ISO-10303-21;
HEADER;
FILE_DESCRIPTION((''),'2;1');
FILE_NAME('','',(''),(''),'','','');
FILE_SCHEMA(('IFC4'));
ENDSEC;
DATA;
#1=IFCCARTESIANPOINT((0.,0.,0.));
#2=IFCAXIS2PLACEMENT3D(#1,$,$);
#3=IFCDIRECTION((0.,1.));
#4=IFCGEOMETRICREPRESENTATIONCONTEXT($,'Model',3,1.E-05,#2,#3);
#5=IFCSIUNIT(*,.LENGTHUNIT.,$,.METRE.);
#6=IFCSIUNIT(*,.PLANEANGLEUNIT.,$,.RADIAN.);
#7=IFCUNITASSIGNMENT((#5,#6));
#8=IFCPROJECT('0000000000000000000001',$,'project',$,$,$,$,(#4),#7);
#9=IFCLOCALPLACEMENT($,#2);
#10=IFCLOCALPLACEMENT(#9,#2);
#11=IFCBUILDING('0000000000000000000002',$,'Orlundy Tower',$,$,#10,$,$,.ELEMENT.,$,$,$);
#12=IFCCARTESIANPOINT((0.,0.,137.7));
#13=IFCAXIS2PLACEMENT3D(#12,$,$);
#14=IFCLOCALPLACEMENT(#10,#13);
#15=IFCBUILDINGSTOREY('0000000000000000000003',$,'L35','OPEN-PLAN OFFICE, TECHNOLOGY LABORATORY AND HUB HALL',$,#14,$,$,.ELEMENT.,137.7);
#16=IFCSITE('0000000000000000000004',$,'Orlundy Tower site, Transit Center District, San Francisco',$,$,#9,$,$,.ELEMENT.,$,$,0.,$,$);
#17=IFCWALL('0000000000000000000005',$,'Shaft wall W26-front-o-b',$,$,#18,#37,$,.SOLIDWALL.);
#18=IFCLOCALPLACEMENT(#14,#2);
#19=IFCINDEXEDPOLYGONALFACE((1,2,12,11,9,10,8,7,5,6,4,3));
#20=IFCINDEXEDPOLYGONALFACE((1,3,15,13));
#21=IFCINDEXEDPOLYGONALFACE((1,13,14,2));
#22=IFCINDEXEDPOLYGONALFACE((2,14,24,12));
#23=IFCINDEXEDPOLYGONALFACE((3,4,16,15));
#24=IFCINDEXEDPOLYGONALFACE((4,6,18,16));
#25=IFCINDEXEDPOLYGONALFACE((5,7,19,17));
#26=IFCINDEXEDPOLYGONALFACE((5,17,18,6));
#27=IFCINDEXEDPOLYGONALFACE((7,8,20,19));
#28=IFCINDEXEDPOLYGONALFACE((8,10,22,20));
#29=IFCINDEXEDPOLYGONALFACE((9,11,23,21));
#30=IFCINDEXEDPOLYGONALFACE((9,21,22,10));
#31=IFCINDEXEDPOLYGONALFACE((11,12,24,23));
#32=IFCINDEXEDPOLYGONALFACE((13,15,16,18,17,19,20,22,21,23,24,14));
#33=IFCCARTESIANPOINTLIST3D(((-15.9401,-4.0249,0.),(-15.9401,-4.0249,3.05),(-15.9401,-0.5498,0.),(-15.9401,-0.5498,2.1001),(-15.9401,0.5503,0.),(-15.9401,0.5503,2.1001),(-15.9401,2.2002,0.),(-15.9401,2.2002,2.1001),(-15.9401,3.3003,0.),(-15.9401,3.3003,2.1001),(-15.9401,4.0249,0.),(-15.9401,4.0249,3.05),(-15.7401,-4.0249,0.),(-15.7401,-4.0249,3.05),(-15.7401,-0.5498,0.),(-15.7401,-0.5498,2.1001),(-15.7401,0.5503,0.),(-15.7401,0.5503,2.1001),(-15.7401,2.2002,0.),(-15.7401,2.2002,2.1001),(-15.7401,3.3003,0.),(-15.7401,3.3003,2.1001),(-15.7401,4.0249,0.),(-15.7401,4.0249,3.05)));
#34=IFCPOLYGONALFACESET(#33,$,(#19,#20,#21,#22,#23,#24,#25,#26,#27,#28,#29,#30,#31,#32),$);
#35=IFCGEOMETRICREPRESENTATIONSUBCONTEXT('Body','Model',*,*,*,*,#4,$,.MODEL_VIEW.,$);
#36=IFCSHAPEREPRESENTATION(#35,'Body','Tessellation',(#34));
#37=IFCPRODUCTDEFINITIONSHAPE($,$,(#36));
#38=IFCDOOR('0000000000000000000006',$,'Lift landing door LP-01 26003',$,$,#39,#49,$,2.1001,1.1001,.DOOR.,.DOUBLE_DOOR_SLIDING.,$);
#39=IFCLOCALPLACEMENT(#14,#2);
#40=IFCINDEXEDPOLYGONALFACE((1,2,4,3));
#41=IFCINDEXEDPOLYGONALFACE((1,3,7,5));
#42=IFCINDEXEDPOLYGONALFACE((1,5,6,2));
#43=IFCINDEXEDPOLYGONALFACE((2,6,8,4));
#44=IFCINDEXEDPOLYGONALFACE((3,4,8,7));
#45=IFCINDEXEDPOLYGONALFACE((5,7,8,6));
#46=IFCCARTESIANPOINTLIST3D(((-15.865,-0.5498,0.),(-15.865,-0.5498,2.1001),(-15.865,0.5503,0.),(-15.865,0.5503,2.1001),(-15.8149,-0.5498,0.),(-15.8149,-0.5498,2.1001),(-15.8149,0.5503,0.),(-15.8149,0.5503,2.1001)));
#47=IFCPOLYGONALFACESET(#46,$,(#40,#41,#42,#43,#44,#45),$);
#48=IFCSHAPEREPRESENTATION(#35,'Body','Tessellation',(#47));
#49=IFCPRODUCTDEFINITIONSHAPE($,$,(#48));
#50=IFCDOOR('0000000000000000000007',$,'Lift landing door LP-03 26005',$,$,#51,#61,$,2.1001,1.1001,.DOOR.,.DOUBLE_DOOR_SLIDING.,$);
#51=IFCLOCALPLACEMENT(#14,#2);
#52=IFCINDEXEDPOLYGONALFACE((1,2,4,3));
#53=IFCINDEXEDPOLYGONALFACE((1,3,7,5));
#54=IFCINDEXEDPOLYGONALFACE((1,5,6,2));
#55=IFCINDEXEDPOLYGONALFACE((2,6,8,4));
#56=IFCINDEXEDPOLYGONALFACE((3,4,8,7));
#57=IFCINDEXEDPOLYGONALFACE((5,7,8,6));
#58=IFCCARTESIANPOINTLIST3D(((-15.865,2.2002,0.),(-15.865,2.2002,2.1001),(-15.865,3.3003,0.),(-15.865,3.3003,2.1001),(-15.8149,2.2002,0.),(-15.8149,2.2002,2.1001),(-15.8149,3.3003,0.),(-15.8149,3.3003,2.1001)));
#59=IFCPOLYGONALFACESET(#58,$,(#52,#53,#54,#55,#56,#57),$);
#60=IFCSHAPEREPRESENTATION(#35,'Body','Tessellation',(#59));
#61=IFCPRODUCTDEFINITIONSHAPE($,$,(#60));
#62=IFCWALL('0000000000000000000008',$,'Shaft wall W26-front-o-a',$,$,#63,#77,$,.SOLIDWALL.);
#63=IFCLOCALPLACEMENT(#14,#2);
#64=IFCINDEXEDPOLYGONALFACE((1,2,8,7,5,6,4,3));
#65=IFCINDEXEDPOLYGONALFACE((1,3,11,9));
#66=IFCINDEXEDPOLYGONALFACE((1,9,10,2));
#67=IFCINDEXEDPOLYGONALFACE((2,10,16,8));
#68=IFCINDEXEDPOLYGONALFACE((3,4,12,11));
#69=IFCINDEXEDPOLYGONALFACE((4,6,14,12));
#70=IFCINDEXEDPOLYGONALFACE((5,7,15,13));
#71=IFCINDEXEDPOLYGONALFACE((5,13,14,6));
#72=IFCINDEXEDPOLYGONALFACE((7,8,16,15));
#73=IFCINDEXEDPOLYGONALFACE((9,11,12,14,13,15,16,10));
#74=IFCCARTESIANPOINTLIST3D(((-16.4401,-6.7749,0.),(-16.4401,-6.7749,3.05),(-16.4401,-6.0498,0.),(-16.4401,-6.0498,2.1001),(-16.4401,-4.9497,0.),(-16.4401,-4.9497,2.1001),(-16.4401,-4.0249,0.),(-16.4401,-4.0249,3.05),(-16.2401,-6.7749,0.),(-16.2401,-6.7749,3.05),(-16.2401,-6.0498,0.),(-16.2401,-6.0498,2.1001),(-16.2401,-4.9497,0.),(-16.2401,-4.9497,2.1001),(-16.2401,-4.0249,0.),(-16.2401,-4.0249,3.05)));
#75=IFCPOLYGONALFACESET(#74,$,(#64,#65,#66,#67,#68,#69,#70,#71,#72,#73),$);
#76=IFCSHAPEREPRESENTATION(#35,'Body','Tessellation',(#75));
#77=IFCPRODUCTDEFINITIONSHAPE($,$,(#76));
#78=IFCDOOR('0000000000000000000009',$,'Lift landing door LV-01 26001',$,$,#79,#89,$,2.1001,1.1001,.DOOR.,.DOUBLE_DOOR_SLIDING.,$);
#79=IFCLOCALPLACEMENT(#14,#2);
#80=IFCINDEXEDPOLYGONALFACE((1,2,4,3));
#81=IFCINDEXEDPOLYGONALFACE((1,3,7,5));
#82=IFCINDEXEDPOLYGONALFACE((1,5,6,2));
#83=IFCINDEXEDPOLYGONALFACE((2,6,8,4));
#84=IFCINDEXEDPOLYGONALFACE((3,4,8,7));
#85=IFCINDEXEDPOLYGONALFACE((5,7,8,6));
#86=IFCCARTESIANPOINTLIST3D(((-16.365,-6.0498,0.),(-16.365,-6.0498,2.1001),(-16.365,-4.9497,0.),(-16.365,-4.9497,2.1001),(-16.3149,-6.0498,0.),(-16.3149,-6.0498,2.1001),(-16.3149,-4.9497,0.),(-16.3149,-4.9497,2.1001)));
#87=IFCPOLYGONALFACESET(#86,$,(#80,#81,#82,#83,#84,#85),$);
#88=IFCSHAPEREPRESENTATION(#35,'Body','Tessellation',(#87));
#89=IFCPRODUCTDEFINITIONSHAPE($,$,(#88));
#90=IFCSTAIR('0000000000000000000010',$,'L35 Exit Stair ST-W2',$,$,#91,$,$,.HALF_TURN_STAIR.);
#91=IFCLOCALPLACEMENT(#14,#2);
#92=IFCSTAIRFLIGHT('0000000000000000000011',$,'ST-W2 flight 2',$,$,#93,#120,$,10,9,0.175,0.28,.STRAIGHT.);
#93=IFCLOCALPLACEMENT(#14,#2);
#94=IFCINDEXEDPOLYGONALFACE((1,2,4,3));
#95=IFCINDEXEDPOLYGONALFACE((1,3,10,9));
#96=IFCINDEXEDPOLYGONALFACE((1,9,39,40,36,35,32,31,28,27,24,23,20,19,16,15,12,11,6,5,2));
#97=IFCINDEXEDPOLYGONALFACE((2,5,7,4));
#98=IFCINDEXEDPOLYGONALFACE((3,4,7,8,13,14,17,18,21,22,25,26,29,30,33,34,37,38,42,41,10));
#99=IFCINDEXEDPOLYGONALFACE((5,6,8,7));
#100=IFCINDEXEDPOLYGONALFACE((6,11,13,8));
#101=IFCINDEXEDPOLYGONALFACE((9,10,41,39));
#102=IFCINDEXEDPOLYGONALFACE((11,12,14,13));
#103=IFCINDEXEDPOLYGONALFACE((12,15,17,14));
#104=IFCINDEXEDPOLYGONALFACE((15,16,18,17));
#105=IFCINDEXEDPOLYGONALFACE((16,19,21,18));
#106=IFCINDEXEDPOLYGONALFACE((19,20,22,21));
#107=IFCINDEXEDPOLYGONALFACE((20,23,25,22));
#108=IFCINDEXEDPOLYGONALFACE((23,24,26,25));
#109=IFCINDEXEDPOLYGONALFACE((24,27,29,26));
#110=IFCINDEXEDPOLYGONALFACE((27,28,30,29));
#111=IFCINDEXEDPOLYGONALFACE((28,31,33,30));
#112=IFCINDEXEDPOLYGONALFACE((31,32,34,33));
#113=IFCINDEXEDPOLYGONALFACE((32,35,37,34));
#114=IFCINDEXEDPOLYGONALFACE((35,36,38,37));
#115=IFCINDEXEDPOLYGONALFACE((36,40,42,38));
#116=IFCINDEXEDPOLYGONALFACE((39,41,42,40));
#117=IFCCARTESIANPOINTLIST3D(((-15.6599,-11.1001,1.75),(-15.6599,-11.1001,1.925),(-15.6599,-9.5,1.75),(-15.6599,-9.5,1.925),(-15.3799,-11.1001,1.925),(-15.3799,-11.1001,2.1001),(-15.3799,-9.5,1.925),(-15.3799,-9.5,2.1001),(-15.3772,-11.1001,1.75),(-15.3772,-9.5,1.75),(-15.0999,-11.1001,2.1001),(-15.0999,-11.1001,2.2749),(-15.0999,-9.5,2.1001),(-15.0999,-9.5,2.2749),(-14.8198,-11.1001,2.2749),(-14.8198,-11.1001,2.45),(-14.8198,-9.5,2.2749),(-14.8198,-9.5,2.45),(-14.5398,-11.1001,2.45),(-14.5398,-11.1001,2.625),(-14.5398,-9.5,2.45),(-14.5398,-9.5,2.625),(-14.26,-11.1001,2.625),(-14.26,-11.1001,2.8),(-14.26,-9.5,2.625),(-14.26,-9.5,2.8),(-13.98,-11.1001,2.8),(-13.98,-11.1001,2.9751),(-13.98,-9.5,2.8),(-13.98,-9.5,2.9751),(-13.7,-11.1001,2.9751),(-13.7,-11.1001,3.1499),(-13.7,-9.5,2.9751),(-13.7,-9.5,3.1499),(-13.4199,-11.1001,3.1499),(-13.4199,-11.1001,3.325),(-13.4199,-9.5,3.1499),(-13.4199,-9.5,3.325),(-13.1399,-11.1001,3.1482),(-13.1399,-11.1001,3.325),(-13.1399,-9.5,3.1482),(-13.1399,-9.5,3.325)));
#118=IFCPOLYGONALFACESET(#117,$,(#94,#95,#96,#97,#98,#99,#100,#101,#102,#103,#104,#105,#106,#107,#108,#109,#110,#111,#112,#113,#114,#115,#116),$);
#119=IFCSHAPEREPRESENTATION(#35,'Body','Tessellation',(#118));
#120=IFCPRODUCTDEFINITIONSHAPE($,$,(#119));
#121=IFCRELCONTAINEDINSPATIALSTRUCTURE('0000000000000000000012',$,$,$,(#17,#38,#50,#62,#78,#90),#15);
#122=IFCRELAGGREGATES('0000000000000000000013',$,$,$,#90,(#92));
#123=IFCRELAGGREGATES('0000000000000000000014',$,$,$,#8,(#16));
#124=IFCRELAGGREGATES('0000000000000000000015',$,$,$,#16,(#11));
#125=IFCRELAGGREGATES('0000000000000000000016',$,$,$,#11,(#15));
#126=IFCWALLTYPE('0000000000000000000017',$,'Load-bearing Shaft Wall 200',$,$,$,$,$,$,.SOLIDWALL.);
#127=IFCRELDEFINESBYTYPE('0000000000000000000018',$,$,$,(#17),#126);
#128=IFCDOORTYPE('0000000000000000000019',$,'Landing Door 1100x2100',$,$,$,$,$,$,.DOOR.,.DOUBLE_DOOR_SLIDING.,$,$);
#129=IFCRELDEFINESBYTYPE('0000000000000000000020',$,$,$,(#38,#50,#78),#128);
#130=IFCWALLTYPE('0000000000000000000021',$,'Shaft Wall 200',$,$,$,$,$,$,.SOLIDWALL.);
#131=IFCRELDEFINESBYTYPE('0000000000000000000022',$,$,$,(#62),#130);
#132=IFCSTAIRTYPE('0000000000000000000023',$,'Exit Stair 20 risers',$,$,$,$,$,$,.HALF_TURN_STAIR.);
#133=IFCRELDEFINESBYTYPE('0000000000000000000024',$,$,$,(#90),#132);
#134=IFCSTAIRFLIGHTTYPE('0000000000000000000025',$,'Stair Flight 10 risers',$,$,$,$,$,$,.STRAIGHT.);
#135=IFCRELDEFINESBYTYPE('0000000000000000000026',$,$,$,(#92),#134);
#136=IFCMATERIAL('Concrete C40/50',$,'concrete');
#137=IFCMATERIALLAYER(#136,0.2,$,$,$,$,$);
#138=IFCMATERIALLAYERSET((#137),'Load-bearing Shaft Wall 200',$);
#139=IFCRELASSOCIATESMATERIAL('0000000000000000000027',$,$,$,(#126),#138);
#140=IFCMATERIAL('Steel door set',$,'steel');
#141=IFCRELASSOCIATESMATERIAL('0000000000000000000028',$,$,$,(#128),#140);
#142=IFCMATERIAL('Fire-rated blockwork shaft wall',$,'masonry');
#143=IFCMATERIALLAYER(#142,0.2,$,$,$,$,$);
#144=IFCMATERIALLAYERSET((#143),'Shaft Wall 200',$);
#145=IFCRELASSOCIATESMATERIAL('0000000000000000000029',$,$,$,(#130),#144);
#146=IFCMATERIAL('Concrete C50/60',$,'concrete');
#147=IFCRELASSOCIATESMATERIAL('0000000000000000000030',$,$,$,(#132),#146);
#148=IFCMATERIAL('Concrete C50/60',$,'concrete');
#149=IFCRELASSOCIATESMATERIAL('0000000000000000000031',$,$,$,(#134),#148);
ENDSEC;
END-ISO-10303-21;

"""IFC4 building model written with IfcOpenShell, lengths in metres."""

from ifc_helpers import new_model, si_unit, direction, frame, frame_2d, origin, place, context, subcontext, project, spatial, polyline, rectangle, outline, extrude, material, layer, layer_set, type_object, element, fill, aggregate, save


model = new_model("IFC4")

# Units and contexts
model_context = context("Model", 3, precision=1e-05, world=origin(), true_north=direction((0.0, 1.0)))
body_context = subcontext(model_context, "Body", "Model", "MODEL_VIEW")
ifc_project = project(units=[si_unit("LENGTHUNIT", "METRE"), si_unit("PLANEANGLEUNIT", "RADIAN")], contexts=[model_context])

# Site, building, storey
site_placement = place(None, origin())
site = spatial("IfcSite", under=ifc_project, at=site_placement, Name="Orlundy Tower site, Transit Center District, San Francisco", CompositionType="ELEMENT", RefElevation=0.0)
building_placement = place(site_placement, origin())
building = spatial("IfcBuilding", under=site, at=building_placement, Name="Orlundy Tower", CompositionType="ELEMENT")
storey_placement = place(building_placement, frame((0.0, 0.0, 137.7)))
storey = spatial("IfcBuildingStorey", under=building, at=storey_placement, Name="L35", Description="OPEN-PLAN OFFICE, TECHNOLOGY LABORATORY AND HUB HALL", CompositionType="ELEMENT", Elevation=137.7)

# Wall, openings, doors
ifc_material_1 = material(Name="Concrete C40/50", Category="concrete")
ifc_layer_1 = layer(ifc_material_1, 0.2)
ifc_layer_set_1 = layer_set([ifc_layer_1], Name="Load-bearing Shaft Wall 200")
wall_type_1 = type_object("IfcWallType", Name="Load-bearing Shaft Wall 200", PredefinedType="SOLIDWALL", material=ifc_layer_set_1)
wall_1_placement = place(storey_placement, frame((-15.8401, -4.0249, 0.0), z_axis=(0.0, 0.0, 1.0), x_axis=(0.0, 1.0, 0.0)))
wall_1 = element("IfcWall", 1, at=wall_1_placement, inside=storey, type_object=wall_type_1, Name="Shaft wall W26-front-o-b", PredefinedType="SOLIDWALL", context=body_context, shape_type="SweptSolid", body=[
    extrude(rectangle(XDim=8.0498, YDim=0.2, at=frame_2d((4.0249, 0.0))), origin(), (0.0, 0.0, 1.0), 3.05),
])
opening_1_placement = place(wall_1_placement, frame((3.4751, 0.0, 0.0)))
opening_1 = element("IfcOpeningElement", 2, at=opening_1_placement, cuts=wall_1, PredefinedType="OPENING", context=body_context, shape_type="SweptSolid", body=[
    extrude(rectangle(XDim=1.1001, YDim=2.1001, at=frame_2d((0.55, 1.05))), frame((0.0, 0.1101, 0.0), z_axis=(0.0, -1.0, 0.0), x_axis=(1.0, 0.0, 0.0)), (0.0, 0.0, 1.0), 0.2202),
])
opening_2_placement = place(wall_1_placement, frame((6.2251, 0.0, 0.0)))
opening_2 = element("IfcOpeningElement", 3, at=opening_2_placement, cuts=wall_1, PredefinedType="OPENING", context=body_context, shape_type="SweptSolid", body=[
    extrude(rectangle(XDim=1.1001, YDim=2.1001, at=frame_2d((0.55, 1.05))), frame((0.0, 0.1101, 0.0), z_axis=(0.0, -1.0, 0.0), x_axis=(1.0, 0.0, 0.0)), (0.0, 0.0, 1.0), 0.2202),
])
ifc_material_2 = material(Name="Steel door set", Category="steel")
door_type = type_object("IfcDoorType", Name="Landing Door 1100x2100", OperationType="DOUBLE_DOOR_SLIDING", PredefinedType="DOOR", material=ifc_material_2)
door_1_placement = place(opening_1_placement, origin())
door_1 = element("IfcDoor", 4, at=door_1_placement, inside=storey, type_object=door_type, Name="Lift landing door LP-01 26003", OperationType="DOUBLE_DOOR_SLIDING", OverallHeight=2.1001, OverallWidth=1.1001, PredefinedType="DOOR", context=body_context, shape_type="SweptSolid", body=[
    extrude(rectangle(XDim=1.1001, YDim=2.1001, at=frame_2d((0.55, 1.05))), frame((0.0, 0.0249, 0.0), z_axis=(0.0, -1.0, 0.0), x_axis=(1.0, 0.0, 0.0)), (0.0, 0.0, 1.0), 0.05),
])
fill(opening_1, door_1)
door_2_placement = place(opening_2_placement, origin())
door_2 = element("IfcDoor", 5, at=door_2_placement, inside=storey, type_object=door_type, Name="Lift landing door LP-03 26005", OperationType="DOUBLE_DOOR_SLIDING", OverallHeight=2.1001, OverallWidth=1.1001, PredefinedType="DOOR", context=body_context, shape_type="SweptSolid", body=[
    extrude(rectangle(XDim=1.1001, YDim=2.1001, at=frame_2d((0.55, 1.05))), frame((0.0, 0.0249, 0.0), z_axis=(0.0, -1.0, 0.0), x_axis=(1.0, 0.0, 0.0)), (0.0, 0.0, 1.0), 0.05),
])
fill(opening_2, door_2)

# Wall, opening, door
ifc_material_3 = material(Name="Fire-rated blockwork shaft wall", Category="masonry")
ifc_layer_2 = layer(ifc_material_3, 0.2)
ifc_layer_set_2 = layer_set([ifc_layer_2], Name="Shaft Wall 200")
wall_type_2 = type_object("IfcWallType", Name="Shaft Wall 200", PredefinedType="SOLIDWALL", material=ifc_layer_set_2)
wall_2_placement = place(storey_placement, frame((-16.3401, -6.7749, 0.0), z_axis=(0.0, 0.0, 1.0), x_axis=(0.0, 1.0, 0.0)))
wall_2 = element("IfcWall", 6, at=wall_2_placement, inside=storey, type_object=wall_type_2, Name="Shaft wall W26-front-o-a", PredefinedType="SOLIDWALL", context=body_context, shape_type="SweptSolid", body=[
    extrude(rectangle(XDim=2.75, YDim=0.2, at=frame_2d((1.375, 0.0))), origin(), (0.0, 0.0, 1.0), 3.05),
])
opening_3_placement = place(wall_2_placement, frame((0.7251, 0.0, 0.0)))
opening_3 = element("IfcOpeningElement", 7, at=opening_3_placement, cuts=wall_2, PredefinedType="OPENING", context=body_context, shape_type="SweptSolid", body=[
    extrude(rectangle(XDim=1.1001, YDim=2.1001, at=frame_2d((0.55, 1.05))), frame((0.0, 0.1101, 0.0), z_axis=(0.0, -1.0, 0.0), x_axis=(1.0, 0.0, 0.0)), (0.0, 0.0, 1.0), 0.2202),
])
door_3_placement = place(opening_3_placement, origin())
door_3 = element("IfcDoor", 8, at=door_3_placement, inside=storey, type_object=door_type, Name="Lift landing door LV-01 26001", OperationType="DOUBLE_DOOR_SLIDING", OverallHeight=2.1001, OverallWidth=1.1001, PredefinedType="DOOR", context=body_context, shape_type="SweptSolid", body=[
    extrude(rectangle(XDim=1.1001, YDim=2.1001, at=frame_2d((0.55, 1.05))), frame((0.0, 0.0249, 0.0), z_axis=(0.0, -1.0, 0.0), x_axis=(1.0, 0.0, 0.0)), (0.0, 0.0, 1.0), 0.05),
])
fill(opening_3, door_3)

# Stair, stair flight
ifc_material_4 = material(Name="Concrete C50/60", Category="concrete")
stair_type = type_object("IfcStairType", Name="Exit Stair 20 risers", PredefinedType="HALF_TURN_STAIR", material=ifc_material_4)
stair_placement = place(storey_placement, origin())
stair = element("IfcStair", 9, at=stair_placement, inside=storey, type_object=stair_type, Name="L35 Exit Stair ST-W2", PredefinedType="HALF_TURN_STAIR")
ifc_material_5 = material(Name="Concrete C50/60", Category="concrete")
stair_flight_type = type_object("IfcStairFlightType", Name="Stair Flight 10 risers", PredefinedType="STRAIGHT", material=ifc_material_5)
stair_flight_placement = place(storey_placement, frame((-15.6599, -10.3, 1.75), z_axis=(0.0, 0.0, 1.0), x_axis=(1.0, 0.0, 0.0)))
stair_flight = element("IfcStairFlight", 10, at=stair_flight_placement, type_object=stair_flight_type, Name="ST-W2 flight 2", NumberOfRisers=10, NumberOfTreads=9, PredefinedType="STRAIGHT", RiserHeight=0.175, TreadLength=0.28, context=body_context, shape_type="SweptSolid", body=[
    extrude(outline(polyline([(0.0, 0.0), (0.0, 0.175), (0.28, 0.175), (0.28, 0.3501), (0.5601, 0.3501), (0.5601, 0.5249), (0.8401, 0.5249), (0.8401, 0.7), (1.1201, 0.7), (1.1201, 0.875), (1.3999, 0.875), (1.3999, 1.05), (1.6799, 1.05), (1.6799, 1.2251), (1.96, 1.2251), (1.96, 1.3999), (2.24, 1.3999), (2.24, 1.575), (2.52, 1.575), (2.52, 1.75), (2.52, 1.3982), (0.2827, 0.0), (0.0, 0.0)])), frame((0.0, 0.8, 0.0), z_axis=(0.0, -1.0, 0.0), x_axis=(1.0, 0.0, 0.0)), (0.0, 0.0, 1.0), 1.6001),
])
aggregate(stair, [stair_flight])

save(model, "model.ifc")
